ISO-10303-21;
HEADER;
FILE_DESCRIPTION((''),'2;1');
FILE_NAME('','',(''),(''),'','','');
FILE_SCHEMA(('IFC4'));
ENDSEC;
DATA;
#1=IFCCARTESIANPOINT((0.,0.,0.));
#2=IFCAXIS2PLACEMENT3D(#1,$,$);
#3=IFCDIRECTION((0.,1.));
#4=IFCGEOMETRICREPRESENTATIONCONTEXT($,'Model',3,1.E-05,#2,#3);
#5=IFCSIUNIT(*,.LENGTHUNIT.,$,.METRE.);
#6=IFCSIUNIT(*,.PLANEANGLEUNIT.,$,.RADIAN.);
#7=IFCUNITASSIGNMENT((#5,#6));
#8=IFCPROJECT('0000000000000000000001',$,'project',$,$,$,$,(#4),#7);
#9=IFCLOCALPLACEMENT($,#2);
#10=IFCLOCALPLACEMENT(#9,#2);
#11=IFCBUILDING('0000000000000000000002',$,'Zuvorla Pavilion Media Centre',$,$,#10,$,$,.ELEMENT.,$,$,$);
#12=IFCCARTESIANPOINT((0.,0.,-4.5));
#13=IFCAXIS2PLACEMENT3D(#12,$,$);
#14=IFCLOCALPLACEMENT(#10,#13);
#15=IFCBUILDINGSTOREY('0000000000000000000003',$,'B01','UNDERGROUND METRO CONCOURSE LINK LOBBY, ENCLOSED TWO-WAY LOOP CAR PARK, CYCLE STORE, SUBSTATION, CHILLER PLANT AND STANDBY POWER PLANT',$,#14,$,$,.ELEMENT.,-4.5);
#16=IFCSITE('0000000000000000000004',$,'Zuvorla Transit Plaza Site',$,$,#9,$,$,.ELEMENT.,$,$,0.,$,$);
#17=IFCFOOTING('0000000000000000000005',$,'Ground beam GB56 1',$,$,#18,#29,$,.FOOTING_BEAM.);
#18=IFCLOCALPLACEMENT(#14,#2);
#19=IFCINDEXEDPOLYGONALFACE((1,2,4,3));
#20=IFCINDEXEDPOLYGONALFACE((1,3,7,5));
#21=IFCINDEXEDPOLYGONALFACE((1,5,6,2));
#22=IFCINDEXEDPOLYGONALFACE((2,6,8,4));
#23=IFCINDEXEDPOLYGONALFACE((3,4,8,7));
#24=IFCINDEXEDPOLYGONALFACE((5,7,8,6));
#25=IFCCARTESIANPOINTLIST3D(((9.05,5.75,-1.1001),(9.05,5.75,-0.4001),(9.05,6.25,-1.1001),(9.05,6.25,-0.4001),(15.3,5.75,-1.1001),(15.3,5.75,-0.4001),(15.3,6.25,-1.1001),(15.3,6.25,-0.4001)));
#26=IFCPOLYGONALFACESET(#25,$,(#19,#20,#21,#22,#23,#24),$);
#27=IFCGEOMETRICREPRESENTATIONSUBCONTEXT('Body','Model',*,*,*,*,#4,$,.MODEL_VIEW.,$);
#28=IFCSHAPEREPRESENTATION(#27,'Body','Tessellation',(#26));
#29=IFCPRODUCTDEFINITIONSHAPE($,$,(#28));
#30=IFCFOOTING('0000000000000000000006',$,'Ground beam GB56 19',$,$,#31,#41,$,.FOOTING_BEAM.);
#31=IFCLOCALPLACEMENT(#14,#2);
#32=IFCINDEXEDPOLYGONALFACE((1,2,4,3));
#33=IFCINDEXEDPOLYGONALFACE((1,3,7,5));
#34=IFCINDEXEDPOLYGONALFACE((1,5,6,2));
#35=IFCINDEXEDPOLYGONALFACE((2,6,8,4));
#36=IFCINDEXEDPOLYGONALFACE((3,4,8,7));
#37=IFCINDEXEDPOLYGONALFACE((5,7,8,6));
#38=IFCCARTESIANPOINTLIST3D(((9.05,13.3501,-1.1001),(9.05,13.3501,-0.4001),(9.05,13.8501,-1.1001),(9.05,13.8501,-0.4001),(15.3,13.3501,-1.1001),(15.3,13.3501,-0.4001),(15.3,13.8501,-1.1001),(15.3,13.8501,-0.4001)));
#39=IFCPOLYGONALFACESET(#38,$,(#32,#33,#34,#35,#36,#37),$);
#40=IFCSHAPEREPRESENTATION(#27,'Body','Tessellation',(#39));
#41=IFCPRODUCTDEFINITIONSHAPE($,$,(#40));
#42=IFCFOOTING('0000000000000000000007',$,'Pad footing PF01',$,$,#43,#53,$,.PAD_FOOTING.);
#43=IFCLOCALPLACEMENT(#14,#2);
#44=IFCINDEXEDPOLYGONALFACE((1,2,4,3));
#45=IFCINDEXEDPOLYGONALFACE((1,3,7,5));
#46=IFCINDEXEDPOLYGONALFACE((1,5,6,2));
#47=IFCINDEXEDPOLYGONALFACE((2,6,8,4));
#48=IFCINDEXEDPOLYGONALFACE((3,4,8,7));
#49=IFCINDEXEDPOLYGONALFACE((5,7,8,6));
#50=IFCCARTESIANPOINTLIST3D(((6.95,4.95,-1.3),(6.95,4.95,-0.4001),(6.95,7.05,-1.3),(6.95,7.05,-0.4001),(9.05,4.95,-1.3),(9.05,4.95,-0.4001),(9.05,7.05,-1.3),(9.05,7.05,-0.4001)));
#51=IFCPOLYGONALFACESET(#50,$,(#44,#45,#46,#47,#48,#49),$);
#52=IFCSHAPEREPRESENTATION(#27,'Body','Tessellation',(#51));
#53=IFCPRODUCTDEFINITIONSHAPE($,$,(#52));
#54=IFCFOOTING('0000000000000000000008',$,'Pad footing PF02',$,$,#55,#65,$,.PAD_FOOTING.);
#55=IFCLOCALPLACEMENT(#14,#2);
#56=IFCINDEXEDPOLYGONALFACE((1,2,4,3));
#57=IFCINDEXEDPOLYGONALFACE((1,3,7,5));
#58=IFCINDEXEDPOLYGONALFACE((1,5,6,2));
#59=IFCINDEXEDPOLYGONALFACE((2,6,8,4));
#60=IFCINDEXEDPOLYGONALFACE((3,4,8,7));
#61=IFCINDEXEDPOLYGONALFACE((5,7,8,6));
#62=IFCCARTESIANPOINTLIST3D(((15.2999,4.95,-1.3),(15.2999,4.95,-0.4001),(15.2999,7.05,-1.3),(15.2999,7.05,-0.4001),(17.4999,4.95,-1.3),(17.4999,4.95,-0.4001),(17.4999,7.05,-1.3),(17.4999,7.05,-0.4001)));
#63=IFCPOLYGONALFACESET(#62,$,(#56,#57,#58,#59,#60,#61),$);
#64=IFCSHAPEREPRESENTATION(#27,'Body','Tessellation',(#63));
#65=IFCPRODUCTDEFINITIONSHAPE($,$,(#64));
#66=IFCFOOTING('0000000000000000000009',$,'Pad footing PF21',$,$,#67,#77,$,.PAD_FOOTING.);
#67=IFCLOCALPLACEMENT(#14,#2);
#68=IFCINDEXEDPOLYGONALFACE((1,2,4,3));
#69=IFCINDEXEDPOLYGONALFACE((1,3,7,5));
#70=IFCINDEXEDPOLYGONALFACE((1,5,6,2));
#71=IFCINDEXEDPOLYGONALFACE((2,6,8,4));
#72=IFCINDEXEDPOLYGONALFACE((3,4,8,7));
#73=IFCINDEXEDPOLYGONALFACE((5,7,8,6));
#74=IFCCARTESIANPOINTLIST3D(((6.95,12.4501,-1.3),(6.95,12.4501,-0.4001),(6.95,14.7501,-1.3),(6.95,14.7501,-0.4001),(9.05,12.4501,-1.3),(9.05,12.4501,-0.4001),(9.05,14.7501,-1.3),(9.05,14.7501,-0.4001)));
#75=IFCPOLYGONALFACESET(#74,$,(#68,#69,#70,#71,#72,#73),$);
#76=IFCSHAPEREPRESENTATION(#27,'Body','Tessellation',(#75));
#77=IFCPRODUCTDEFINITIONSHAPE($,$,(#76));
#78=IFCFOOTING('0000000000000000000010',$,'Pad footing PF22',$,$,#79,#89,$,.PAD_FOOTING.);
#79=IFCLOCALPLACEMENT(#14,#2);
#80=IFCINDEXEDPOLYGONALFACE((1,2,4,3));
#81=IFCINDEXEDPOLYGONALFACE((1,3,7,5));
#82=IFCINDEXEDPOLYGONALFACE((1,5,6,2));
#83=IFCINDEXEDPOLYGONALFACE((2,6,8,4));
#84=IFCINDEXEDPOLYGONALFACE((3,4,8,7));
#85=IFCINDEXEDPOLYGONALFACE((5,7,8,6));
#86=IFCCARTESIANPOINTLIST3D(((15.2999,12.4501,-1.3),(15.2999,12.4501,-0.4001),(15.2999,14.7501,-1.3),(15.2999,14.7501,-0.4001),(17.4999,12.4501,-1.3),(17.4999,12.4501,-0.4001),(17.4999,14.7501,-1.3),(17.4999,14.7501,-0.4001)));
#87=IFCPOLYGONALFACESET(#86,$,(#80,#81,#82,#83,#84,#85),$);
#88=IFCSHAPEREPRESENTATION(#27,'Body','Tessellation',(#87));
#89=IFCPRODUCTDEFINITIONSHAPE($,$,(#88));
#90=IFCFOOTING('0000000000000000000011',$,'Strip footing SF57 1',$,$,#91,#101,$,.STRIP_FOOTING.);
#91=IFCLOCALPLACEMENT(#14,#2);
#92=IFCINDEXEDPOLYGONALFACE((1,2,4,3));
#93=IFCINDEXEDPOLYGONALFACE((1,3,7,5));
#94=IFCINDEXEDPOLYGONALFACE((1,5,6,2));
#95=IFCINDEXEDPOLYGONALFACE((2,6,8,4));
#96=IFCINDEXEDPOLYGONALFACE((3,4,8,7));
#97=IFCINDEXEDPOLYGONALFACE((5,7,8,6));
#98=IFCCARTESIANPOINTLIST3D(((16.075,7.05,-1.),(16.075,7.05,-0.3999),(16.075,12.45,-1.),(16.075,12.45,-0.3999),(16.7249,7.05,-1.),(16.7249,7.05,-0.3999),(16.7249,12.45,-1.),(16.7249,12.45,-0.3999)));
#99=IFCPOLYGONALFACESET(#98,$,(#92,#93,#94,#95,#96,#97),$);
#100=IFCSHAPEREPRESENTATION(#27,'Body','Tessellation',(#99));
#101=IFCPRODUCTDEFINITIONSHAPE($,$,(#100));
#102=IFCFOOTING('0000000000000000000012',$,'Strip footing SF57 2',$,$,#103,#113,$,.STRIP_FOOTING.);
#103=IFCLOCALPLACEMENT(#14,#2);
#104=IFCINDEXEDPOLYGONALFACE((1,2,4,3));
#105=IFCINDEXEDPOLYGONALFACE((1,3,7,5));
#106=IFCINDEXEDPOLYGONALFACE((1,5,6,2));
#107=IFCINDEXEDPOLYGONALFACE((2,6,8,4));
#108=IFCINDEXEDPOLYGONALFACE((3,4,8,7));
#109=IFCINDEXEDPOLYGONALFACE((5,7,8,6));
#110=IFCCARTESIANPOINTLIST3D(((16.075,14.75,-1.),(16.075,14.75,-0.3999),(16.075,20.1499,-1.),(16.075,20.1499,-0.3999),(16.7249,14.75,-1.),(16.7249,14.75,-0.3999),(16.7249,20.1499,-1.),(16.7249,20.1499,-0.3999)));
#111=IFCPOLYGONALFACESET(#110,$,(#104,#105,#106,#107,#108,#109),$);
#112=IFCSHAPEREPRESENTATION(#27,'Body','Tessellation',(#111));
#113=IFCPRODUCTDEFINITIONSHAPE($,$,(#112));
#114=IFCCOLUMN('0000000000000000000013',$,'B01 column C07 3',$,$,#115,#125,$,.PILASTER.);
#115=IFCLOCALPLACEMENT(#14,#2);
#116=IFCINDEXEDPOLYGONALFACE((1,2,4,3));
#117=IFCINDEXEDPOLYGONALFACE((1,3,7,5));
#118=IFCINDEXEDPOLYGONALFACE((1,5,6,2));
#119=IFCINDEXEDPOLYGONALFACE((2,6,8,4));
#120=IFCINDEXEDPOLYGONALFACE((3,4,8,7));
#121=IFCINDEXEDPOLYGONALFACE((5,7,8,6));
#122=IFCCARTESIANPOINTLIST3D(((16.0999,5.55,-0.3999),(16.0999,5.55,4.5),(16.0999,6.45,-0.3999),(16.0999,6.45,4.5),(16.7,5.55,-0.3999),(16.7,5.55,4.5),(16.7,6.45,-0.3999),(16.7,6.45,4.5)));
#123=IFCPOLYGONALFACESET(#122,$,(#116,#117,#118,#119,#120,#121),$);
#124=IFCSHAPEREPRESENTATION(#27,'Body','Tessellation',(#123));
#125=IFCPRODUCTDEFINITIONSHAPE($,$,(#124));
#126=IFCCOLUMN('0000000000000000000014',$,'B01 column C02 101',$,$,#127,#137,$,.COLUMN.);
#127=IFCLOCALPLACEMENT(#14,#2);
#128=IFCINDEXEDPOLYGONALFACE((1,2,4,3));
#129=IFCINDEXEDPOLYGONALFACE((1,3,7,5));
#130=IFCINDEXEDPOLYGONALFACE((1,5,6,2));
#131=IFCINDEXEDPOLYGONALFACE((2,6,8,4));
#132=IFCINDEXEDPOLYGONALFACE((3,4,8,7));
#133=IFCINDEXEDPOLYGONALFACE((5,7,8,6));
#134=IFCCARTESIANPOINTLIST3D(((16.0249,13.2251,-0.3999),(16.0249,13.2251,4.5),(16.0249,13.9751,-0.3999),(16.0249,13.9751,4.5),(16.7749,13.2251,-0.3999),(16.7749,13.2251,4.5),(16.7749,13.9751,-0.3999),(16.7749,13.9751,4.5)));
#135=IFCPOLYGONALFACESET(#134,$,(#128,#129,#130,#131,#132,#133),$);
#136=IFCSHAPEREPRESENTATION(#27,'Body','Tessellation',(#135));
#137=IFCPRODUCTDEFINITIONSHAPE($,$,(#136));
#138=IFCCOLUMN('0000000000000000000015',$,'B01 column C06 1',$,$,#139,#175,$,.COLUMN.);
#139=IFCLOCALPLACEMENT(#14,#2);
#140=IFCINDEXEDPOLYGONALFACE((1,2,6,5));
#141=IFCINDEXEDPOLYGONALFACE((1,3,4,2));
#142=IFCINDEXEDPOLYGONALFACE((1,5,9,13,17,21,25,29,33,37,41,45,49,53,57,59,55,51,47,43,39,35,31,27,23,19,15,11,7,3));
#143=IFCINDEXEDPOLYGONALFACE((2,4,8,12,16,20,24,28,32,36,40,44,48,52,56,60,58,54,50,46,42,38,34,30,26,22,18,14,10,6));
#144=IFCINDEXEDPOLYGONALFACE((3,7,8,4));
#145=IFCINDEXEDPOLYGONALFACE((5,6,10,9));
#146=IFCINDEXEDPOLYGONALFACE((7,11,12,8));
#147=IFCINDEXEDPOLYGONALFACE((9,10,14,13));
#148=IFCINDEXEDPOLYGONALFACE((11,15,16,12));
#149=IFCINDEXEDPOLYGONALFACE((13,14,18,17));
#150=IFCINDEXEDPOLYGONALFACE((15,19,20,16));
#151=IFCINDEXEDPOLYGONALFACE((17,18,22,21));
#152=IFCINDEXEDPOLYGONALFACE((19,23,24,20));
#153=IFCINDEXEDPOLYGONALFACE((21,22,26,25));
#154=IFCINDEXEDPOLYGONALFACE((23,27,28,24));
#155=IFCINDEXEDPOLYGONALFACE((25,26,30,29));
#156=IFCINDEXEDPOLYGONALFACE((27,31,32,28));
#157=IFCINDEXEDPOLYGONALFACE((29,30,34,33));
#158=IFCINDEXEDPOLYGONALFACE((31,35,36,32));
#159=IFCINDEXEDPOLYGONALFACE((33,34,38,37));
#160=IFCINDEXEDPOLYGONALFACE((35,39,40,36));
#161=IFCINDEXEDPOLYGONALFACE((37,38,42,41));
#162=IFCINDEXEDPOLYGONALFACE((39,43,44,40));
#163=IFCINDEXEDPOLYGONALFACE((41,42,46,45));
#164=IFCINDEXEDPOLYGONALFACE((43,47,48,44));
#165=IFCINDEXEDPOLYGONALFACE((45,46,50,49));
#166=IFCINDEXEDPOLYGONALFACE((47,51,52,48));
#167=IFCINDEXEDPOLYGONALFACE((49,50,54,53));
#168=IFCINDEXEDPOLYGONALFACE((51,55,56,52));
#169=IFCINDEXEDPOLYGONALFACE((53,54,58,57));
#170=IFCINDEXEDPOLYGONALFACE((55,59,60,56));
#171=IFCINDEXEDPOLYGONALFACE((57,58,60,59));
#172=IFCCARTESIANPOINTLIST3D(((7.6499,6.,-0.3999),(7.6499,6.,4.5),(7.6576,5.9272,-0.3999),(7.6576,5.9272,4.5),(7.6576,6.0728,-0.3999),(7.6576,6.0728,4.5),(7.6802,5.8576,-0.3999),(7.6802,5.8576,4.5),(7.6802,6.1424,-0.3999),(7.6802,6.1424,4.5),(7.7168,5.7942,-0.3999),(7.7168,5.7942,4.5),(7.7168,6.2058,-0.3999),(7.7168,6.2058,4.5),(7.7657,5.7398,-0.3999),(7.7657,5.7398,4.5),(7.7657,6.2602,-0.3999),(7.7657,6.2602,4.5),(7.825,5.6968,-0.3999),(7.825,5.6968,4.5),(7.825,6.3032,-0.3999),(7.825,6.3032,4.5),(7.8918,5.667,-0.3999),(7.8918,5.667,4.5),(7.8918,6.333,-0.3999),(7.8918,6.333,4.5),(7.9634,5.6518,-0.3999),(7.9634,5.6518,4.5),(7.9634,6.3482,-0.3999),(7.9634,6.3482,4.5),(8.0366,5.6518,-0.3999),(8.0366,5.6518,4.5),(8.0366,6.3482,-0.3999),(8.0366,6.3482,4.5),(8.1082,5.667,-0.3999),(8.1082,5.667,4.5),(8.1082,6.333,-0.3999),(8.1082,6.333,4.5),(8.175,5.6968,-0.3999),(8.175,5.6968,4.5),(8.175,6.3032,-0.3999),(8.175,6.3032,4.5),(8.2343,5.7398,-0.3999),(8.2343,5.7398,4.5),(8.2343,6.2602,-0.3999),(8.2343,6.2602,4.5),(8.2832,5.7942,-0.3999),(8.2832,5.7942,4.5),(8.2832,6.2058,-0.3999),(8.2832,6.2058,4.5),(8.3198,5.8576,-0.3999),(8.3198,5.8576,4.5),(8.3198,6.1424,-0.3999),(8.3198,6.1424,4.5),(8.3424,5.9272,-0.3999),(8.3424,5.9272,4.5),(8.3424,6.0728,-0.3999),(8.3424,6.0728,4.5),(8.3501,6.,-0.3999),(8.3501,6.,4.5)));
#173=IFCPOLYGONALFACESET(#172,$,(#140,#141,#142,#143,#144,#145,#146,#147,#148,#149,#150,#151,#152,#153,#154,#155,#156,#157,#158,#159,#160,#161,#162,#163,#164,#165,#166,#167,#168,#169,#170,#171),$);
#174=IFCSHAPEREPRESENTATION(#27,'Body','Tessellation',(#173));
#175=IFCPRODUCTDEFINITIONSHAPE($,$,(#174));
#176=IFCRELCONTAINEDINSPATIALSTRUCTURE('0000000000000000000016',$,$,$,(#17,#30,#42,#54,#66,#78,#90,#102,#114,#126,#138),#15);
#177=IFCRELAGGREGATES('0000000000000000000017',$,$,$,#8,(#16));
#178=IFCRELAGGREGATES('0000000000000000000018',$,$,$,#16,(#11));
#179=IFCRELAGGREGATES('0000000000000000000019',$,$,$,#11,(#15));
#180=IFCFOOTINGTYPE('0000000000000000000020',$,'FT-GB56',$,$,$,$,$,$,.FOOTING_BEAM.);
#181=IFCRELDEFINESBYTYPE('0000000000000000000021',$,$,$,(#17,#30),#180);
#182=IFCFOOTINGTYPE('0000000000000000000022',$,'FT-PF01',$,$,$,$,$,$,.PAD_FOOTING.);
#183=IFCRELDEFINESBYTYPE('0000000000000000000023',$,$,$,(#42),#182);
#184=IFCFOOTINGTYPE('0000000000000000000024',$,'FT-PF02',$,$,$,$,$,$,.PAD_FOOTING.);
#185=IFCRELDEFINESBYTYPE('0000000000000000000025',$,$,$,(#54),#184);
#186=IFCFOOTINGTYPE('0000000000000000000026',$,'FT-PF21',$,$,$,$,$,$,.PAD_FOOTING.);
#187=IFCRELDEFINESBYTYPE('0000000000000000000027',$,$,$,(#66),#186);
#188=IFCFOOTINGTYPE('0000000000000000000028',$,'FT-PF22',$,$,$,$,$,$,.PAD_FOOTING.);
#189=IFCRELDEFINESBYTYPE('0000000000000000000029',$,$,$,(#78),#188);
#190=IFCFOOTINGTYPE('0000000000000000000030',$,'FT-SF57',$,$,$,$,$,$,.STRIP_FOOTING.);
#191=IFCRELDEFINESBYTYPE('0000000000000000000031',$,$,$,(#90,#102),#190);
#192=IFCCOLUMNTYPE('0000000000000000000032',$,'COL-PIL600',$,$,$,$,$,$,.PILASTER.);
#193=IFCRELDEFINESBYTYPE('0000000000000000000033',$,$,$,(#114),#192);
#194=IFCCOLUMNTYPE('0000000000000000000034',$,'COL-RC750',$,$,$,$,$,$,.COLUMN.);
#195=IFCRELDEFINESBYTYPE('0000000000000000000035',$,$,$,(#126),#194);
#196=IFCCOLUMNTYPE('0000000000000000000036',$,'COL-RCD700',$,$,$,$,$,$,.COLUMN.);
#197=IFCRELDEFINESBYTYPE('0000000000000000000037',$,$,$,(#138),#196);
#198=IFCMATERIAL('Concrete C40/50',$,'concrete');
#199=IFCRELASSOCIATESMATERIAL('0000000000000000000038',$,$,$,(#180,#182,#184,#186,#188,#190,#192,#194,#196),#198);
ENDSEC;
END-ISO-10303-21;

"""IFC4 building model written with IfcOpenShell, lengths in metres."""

from ifc_helpers import new_model, si_unit, direction, frame, origin, origin_2d, place, context, subcontext, project, spatial, rectangle, circle, extrude, material, material_profile, profile_set, type_object, element, save


model = new_model("IFC4")

# Units and contexts
model_context = context("Model", 3, precision=1e-05, world=origin(), true_north=direction((0.0, 1.0)))
body_context = subcontext(model_context, "Body", "Model", "MODEL_VIEW")
ifc_project = project(units=[si_unit("LENGTHUNIT", "METRE"), si_unit("PLANEANGLEUNIT", "RADIAN")], contexts=[model_context])

# Site, building, storey
site_placement = place(None, origin())
site = spatial("IfcSite", under=ifc_project, at=site_placement, Name="Zuvorla Transit Plaza Site", CompositionType="ELEMENT", RefElevation=0.0)
building_placement = place(site_placement, origin())
building = spatial("IfcBuilding", under=site, at=building_placement, Name="Zuvorla Pavilion Media Centre", CompositionType="ELEMENT")
storey_placement = place(building_placement, frame((0.0, 0.0, -4.5)))
storey = spatial("IfcBuildingStorey", under=building, at=storey_placement, Name="B01", Description="UNDERGROUND METRO CONCOURSE LINK LOBBY, ENCLOSED TWO-WAY LOOP CAR PARK, CYCLE STORE, SUBSTATION, CHILLER PLANT AND STANDBY POWER PLANT", CompositionType="ELEMENT", Elevation=-4.5)

# Footings
ifc_material_1 = material(Name="Concrete C40/50", Category="concrete")
footing_type_1 = type_object("IfcFootingType", Name="FT-GB56", PredefinedType="FOOTING_BEAM", material=ifc_material_1)
for number, where, z_axis, x_axis, name in (
    (1, (12.175, 6.0, -1.1001), (0.0, 0.0, 1.0), (1.0, 0.0, 0.0), "Ground beam GB56 1"),
    (2, (12.175, 13.6001, -1.1001), (0.0, 0.0, 1.0), (1.0, 0.0, 0.0), "Ground beam GB56 19"),
):
    element("IfcFooting", number, at=place(storey_placement, frame(where, z_axis=z_axis, x_axis=x_axis)), inside=storey, type_object=footing_type_1, Name=name, PredefinedType="FOOTING_BEAM", context=body_context, shape_type="SweptSolid", body=[
        extrude(rectangle(XDim=6.25, YDim=0.5, at=origin_2d()), origin(), (0.0, 0.0, 1.0), 0.7),
    ])
footing_type_2 = type_object("IfcFootingType", Name="FT-PF01", PredefinedType="PAD_FOOTING", material=ifc_material_1)
footing_1_placement = place(storey_placement, frame((8.0, 6.0, -1.3), z_axis=(0.0, 0.0, 1.0), x_axis=(1.0, 0.0, 0.0)))
element("IfcFooting", 3, at=footing_1_placement, inside=storey, type_object=footing_type_2, Name="Pad footing PF01", PredefinedType="PAD_FOOTING", context=body_context, shape_type="SweptSolid", body=[
    extrude(rectangle(XDim=2.1001, YDim=2.1001, at=origin_2d()), origin(), (0.0, 0.0, 1.0), 0.8999),
])
footing_type_3 = type_object("IfcFootingType", Name="FT-PF02", PredefinedType="PAD_FOOTING", material=ifc_material_1)
footing_2_placement = place(storey_placement, frame((16.3999, 6.0, -1.3), z_axis=(0.0, 0.0, 1.0), x_axis=(1.0, 0.0, 0.0)))
element("IfcFooting", 4, at=footing_2_placement, inside=storey, type_object=footing_type_3, Name="Pad footing PF02", PredefinedType="PAD_FOOTING", context=body_context, shape_type="SweptSolid", body=[
    extrude(rectangle(XDim=2.2, YDim=2.1001, at=origin_2d()), origin(), (0.0, 0.0, 1.0), 0.8999),
])
footing_type_4 = type_object("IfcFootingType", Name="FT-PF21", PredefinedType="PAD_FOOTING", material=ifc_material_1)
footing_3_placement = place(storey_placement, frame((8.0, 13.6001, -1.3), z_axis=(0.0, 0.0, 1.0), x_axis=(1.0, 0.0, 0.0)))
element("IfcFooting", 5, at=footing_3_placement, inside=storey, type_object=footing_type_4, Name="Pad footing PF21", PredefinedType="PAD_FOOTING", context=body_context, shape_type="SweptSolid", body=[
    extrude(rectangle(XDim=2.1001, YDim=2.3, at=origin_2d()), origin(), (0.0, 0.0, 1.0), 0.8999),
])
footing_type_5 = type_object("IfcFootingType", Name="FT-PF22", PredefinedType="PAD_FOOTING", material=ifc_material_1)
footing_4_placement = place(storey_placement, frame((16.3999, 13.6001, -1.3), z_axis=(0.0, 0.0, 1.0), x_axis=(1.0, 0.0, 0.0)))
element("IfcFooting", 6, at=footing_4_placement, inside=storey, type_object=footing_type_5, Name="Pad footing PF22", PredefinedType="PAD_FOOTING", context=body_context, shape_type="SweptSolid", body=[
    extrude(rectangle(XDim=2.2, YDim=2.3, at=origin_2d()), origin(), (0.0, 0.0, 1.0), 0.8999),
])
footing_type_6 = type_object("IfcFootingType", Name="FT-SF57", PredefinedType="STRIP_FOOTING", material=ifc_material_1)
for number, where, z_axis, x_axis, name in (
    (7, (16.3999, 9.75, -1.0), (0.0, 0.0, 1.0), (0.0, 1.0, 0.0), "Strip footing SF57 1"),
    (8, (16.3999, 17.45, -1.0), (0.0, 0.0, 1.0), (0.0, 1.0, 0.0), "Strip footing SF57 2"),
):
    element("IfcFooting", number, at=place(storey_placement, frame(where, z_axis=z_axis, x_axis=x_axis)), inside=storey, type_object=footing_type_6, Name=name, PredefinedType="STRIP_FOOTING", context=body_context, shape_type="SweptSolid", body=[
        extrude(rectangle(XDim=5.3999, YDim=0.6499, at=origin_2d()), origin(), (0.0, 0.0, 1.0), 0.6001),
    ])

# Columns
ifc_material_profile_1 = material_profile(ifc_material_1, rectangle(XDim=0.6001, YDim=0.8999, at=origin_2d()), Name="RC 600x900")
ifc_profile_set_1 = profile_set([ifc_material_profile_1], Name="Concrete C40/50")
column_type_1 = type_object("IfcColumnType", Name="COL-PIL600", PredefinedType="PILASTER", material=ifc_profile_set_1)
column_1_placement = place(storey_placement, frame((16.3999, 6.0, -0.3999), z_axis=(0.0, 0.0, 1.0), x_axis=(1.0, 0.0, 0.0)))
element("IfcColumn", 9, at=column_1_placement, inside=storey, type_object=column_type_1, Name="B01 column C07 3", PredefinedType="PILASTER", context=body_context, shape_type="SweptSolid", body=[
    extrude(rectangle(XDim=0.6001, YDim=0.8999, at=origin_2d()), origin(), (0.0, 0.0, 1.0), 4.8999),
])
ifc_material_profile_2 = material_profile(ifc_material_1, rectangle(XDim=0.75, YDim=0.75, at=origin_2d()), Name="RC 750x750")
ifc_profile_set_2 = profile_set([ifc_material_profile_2], Name="Concrete C40/50")
column_type_2 = type_object("IfcColumnType", Name="COL-RC750", PredefinedType="COLUMN", material=ifc_profile_set_2)
column_2_placement = place(storey_placement, frame((16.3999, 13.6001, -0.3999), z_axis=(0.0, 0.0, 1.0), x_axis=(1.0, 0.0, 0.0)))
element("IfcColumn", 10, at=column_2_placement, inside=storey, type_object=column_type_2, Name="B01 column C02 101", PredefinedType="COLUMN", context=body_context, shape_type="SweptSolid", body=[
    extrude(rectangle(XDim=0.75, YDim=0.75, at=origin_2d()), origin(), (0.0, 0.0, 1.0), 4.8999),
])
ifc_material_profile_3 = material_profile(ifc_material_1, circle(Radius=0.3501, at=origin_2d()), Name="RC D700")
ifc_profile_set_3 = profile_set([ifc_material_profile_3], Name="Concrete C40/50")
column_type_3 = type_object("IfcColumnType", Name="COL-RCD700", PredefinedType="COLUMN", material=ifc_profile_set_3)
for number, where, z_axis, x_axis, name in (
    (11, (8.0, 6.0, -0.3999), (0.0, 0.0, 1.0), (1.0, 0.0, 0.0), "B01 column C06 1"),
):
    element("IfcColumn", number, at=place(storey_placement, frame(where, z_axis=z_axis, x_axis=x_axis)), inside=storey, type_object=column_type_3, Name=name, PredefinedType="COLUMN", context=body_context, shape_type="SweptSolid", body=[
        extrude(circle(Radius=0.3501, at=origin_2d()), origin(), (0.0, 0.0, 1.0), 4.8999),
    ])

save(model, "model.ifc")
